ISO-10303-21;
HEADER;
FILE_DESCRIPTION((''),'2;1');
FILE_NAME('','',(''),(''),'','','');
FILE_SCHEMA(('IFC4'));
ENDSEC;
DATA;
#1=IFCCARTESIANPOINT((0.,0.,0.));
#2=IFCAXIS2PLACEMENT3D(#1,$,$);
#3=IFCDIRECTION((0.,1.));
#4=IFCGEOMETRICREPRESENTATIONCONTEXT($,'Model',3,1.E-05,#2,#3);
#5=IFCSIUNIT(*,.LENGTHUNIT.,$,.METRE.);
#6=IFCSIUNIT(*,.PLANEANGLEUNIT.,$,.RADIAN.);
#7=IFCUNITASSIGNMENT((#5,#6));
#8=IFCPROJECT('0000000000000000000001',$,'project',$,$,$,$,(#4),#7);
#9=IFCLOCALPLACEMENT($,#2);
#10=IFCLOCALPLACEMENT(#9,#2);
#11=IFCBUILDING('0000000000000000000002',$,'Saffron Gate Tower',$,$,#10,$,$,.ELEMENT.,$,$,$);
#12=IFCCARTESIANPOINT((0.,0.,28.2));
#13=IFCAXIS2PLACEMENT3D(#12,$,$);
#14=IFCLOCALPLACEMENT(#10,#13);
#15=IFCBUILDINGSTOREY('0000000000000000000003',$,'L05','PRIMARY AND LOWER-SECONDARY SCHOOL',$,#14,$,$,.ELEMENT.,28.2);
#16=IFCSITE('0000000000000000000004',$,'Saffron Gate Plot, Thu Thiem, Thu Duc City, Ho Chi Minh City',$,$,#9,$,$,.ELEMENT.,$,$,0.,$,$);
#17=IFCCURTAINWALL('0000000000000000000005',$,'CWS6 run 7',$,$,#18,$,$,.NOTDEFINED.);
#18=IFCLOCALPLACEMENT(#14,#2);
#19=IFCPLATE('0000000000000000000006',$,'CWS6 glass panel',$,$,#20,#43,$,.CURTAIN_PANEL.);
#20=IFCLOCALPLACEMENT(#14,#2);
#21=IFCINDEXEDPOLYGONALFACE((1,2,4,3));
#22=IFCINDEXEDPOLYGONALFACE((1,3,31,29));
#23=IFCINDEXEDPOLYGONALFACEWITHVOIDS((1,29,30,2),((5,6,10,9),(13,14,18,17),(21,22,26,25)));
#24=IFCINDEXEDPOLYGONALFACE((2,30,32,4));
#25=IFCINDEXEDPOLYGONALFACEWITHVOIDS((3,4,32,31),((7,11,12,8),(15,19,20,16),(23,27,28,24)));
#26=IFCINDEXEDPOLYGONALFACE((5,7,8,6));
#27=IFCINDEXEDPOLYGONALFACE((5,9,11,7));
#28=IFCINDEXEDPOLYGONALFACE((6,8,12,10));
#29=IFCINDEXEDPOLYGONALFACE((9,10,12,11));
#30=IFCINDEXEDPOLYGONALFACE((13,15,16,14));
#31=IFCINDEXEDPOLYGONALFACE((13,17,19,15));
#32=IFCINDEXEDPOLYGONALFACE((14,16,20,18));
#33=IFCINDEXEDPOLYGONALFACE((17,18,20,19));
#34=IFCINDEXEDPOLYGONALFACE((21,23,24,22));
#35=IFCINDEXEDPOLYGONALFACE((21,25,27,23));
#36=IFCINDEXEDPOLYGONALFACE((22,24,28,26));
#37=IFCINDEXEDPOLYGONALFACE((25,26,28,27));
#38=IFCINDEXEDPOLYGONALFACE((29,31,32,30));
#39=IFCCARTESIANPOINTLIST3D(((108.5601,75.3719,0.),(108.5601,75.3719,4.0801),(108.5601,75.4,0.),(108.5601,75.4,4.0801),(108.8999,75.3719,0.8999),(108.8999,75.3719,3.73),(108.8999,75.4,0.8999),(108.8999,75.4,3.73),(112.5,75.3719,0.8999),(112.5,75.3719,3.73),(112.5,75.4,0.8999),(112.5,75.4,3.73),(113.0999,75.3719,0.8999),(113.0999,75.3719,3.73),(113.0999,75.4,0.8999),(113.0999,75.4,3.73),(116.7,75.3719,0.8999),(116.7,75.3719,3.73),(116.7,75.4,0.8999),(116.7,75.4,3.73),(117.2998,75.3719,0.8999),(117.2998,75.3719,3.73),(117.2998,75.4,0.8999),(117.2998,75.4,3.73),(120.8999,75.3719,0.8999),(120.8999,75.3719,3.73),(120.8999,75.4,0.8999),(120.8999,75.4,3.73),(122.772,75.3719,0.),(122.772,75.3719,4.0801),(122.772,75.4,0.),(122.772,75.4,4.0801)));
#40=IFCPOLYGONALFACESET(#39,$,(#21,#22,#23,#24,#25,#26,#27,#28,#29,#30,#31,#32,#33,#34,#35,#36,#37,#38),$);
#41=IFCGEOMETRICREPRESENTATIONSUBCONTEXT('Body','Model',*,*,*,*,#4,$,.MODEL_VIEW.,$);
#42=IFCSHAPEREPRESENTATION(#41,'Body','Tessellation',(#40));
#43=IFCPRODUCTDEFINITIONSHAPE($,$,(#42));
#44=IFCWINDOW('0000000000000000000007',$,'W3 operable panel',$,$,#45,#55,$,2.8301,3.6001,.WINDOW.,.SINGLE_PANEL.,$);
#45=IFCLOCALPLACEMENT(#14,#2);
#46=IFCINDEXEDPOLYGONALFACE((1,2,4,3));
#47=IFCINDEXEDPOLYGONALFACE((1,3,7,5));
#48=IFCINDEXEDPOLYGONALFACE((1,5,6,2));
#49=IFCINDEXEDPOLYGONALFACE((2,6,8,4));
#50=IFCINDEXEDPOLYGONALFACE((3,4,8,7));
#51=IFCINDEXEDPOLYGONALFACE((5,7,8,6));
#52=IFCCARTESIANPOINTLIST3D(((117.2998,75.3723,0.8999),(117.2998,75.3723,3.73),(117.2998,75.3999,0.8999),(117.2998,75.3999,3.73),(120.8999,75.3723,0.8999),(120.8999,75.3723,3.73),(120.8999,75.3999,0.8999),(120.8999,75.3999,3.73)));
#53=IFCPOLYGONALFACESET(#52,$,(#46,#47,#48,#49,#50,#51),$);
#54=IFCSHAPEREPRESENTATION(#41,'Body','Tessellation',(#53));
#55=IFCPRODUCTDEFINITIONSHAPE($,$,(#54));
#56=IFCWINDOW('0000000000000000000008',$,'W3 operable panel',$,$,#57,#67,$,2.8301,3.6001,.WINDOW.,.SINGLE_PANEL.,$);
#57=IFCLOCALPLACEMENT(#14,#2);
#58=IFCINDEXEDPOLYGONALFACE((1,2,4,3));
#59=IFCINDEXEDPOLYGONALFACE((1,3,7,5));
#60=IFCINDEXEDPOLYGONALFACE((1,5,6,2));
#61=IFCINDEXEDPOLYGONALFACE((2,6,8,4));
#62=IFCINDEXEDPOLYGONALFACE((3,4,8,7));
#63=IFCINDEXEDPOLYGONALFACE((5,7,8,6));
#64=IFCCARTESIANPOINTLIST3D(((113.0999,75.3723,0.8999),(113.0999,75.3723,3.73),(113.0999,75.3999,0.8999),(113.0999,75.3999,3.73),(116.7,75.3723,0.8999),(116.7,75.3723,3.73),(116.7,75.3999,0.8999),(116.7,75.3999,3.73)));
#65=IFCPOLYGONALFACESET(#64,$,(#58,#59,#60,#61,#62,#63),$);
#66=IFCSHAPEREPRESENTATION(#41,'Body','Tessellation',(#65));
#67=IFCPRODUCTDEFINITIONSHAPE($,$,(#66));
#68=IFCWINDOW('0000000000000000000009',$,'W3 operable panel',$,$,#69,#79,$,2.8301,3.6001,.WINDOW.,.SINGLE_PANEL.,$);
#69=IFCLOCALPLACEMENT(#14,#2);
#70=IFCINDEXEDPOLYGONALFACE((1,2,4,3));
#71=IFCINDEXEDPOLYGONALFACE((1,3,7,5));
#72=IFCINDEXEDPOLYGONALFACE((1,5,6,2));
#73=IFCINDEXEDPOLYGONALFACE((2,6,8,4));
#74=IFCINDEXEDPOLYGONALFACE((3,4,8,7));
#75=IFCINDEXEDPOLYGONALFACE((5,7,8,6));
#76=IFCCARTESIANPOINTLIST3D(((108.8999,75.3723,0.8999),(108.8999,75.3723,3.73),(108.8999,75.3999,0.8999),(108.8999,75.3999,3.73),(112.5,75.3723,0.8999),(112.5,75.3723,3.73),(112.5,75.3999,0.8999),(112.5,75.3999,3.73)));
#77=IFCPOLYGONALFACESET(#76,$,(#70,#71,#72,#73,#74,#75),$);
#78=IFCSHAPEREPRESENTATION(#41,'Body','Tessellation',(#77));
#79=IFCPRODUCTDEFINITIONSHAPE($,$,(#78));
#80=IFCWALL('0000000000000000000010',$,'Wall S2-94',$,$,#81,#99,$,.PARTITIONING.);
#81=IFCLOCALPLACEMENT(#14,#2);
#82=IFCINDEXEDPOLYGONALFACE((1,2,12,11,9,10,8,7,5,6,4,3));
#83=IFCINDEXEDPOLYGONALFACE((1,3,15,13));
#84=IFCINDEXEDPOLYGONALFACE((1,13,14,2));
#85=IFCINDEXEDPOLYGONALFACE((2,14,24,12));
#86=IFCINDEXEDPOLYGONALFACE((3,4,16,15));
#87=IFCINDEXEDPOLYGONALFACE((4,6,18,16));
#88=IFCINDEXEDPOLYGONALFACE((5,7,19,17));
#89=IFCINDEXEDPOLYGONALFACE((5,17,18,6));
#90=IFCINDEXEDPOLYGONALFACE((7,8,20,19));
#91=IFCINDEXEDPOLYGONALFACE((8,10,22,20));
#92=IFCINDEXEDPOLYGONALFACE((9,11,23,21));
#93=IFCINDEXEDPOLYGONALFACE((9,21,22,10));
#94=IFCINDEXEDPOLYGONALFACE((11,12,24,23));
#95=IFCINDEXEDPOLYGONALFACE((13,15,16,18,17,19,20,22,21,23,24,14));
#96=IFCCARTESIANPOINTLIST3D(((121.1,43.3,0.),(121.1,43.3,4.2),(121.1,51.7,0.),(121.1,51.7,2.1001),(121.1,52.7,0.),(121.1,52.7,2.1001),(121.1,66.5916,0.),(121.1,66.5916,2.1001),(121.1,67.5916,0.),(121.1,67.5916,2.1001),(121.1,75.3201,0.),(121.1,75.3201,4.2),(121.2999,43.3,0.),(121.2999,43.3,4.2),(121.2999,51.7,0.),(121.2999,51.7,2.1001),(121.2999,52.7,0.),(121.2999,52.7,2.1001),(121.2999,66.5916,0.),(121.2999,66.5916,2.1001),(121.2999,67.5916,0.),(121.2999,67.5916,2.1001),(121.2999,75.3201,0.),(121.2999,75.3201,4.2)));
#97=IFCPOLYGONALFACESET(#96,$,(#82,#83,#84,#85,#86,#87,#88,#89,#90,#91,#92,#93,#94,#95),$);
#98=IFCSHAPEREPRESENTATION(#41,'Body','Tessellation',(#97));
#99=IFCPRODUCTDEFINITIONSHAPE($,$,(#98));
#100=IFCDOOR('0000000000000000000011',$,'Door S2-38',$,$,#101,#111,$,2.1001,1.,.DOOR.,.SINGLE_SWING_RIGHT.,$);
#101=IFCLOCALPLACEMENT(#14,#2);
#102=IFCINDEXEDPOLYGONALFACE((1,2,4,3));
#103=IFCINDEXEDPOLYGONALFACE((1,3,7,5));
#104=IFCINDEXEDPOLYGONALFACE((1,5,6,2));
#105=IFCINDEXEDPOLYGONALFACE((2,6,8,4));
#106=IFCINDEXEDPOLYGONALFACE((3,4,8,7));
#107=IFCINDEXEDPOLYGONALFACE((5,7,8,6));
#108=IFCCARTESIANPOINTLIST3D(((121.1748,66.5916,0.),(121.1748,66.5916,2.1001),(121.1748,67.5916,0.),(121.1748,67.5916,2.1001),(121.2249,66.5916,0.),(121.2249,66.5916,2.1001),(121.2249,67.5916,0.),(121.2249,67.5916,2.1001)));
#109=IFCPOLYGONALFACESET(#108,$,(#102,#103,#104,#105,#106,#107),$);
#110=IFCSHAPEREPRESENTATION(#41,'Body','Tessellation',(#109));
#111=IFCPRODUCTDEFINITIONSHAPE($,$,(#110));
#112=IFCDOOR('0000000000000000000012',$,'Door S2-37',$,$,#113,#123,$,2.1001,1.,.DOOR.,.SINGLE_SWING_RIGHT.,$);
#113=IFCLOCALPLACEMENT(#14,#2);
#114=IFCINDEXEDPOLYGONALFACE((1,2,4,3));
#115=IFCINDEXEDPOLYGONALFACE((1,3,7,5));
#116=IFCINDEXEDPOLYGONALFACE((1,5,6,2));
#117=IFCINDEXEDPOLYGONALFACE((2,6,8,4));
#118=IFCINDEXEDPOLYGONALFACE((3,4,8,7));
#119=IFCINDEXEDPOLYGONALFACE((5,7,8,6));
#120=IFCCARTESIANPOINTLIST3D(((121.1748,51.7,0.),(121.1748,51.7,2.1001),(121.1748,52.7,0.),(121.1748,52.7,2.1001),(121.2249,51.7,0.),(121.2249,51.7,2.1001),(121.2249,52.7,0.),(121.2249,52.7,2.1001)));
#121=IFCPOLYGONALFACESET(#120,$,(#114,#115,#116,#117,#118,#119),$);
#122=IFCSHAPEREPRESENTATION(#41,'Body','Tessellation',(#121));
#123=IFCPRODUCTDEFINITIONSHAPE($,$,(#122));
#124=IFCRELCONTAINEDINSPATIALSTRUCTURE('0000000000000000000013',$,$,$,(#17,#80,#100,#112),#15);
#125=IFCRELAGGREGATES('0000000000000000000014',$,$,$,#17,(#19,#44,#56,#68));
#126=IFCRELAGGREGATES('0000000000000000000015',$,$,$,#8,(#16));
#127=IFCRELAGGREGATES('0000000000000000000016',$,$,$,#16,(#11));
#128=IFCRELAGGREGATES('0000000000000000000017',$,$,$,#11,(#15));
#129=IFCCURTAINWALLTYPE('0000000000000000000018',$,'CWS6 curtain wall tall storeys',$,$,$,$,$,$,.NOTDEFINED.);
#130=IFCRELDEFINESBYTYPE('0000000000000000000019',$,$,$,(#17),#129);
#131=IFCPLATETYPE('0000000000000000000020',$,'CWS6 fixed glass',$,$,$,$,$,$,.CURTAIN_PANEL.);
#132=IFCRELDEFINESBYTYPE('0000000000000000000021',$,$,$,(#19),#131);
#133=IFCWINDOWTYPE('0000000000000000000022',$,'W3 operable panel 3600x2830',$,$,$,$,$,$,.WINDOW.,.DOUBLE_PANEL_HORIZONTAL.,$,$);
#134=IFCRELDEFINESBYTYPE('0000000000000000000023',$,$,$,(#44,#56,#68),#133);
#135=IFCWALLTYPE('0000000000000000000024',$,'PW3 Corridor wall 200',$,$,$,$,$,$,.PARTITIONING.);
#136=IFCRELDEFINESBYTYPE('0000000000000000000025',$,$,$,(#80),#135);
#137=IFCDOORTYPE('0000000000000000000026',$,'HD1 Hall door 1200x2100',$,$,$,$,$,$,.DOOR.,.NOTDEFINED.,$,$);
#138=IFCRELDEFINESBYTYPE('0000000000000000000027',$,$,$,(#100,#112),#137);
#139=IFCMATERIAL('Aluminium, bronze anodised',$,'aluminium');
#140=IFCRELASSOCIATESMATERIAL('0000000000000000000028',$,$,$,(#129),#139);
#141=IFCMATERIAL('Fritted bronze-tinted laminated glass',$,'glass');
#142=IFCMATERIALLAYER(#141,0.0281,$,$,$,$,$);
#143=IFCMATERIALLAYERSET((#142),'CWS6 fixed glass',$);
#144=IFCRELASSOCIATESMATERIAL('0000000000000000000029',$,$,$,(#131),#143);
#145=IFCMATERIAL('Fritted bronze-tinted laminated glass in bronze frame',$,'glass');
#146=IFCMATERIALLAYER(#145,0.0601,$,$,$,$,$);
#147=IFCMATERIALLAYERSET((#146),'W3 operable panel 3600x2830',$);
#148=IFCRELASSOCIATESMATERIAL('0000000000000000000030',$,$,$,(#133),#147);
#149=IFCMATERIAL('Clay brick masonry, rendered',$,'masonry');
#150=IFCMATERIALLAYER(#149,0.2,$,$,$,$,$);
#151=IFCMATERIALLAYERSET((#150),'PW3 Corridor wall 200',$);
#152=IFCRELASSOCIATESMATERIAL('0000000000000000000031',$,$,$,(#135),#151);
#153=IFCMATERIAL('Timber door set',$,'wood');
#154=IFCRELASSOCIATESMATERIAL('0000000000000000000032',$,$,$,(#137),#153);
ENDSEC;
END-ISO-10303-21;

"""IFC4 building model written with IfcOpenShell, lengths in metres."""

from ifc_helpers import new_model, si_unit, direction, frame, frame_2d, origin, place, context, subcontext, project, spatial, rectangle, extrude, material, layer, layer_set, type_object, element, fill, aggregate, save


model = new_model("IFC4")

# Units and contexts
model_context = context("Model", 3, precision=1e-05, world=origin(), true_north=direction((0.0, 1.0)))
body_context = subcontext(model_context, "Body", "Model", "MODEL_VIEW")
ifc_project = project(units=[si_unit("LENGTHUNIT", "METRE"), si_unit("PLANEANGLEUNIT", "RADIAN")], contexts=[model_context])

# Site, building, storey
site_placement = place(None, origin())
site = spatial("IfcSite", under=ifc_project, at=site_placement, Name="Saffron Gate Plot, Thu Thiem, Thu Duc City, Ho Chi Minh City", CompositionType="ELEMENT", RefElevation=0.0)
building_placement = place(site_placement, origin())
building = spatial("IfcBuilding", under=site, at=building_placement, Name="Saffron Gate Tower", CompositionType="ELEMENT")
storey_placement = place(building_placement, frame((0.0, 0.0, 28.2)))
storey = spatial("IfcBuildingStorey", under=building, at=storey_placement, Name="L05", Description="PRIMARY AND LOWER-SECONDARY SCHOOL", CompositionType="ELEMENT", Elevation=28.2)

# Curtain wall
ifc_material_1 = material(Name="Aluminium, bronze anodised", Category="aluminium")
curtain_wall_type = type_object("IfcCurtainWallType", Name="CWS6 curtain wall tall storeys", PredefinedType="NOTDEFINED", material=ifc_material_1)
curtain_wall_1_placement = place(storey_placement, origin())
curtain_wall_1 = element("IfcCurtainWall", 1, at=curtain_wall_1_placement, inside=storey, type_object=curtain_wall_type, Name="CWS6 run 7", PredefinedType="NOTDEFINED")

# Shared definitions
ifc_material_2 = material(Name="Fritted bronze-tinted laminated glass", Category="glass")
ifc_layer_1 = layer(ifc_material_2, 0.0281)
ifc_layer_set_1 = layer_set([ifc_layer_1], Name="CWS6 fixed glass")
plate_type = type_object("IfcPlateType", Name="CWS6 fixed glass", PredefinedType="CURTAIN_PANEL", material=ifc_layer_set_1)

# Plate, openings, windows
plate_1_placement = place(storey_placement, frame((122.772, 75.386, 0.0), z_axis=(0.0, 0.0, 1.0), x_axis=(-1.0, 0.0, 0.0)))
plate_1 = element("IfcPlate", 2, at=plate_1_placement, type_object=plate_type, Name="CWS6 glass panel", PredefinedType="CURTAIN_PANEL", context=body_context, shape_type="SweptSolid", body=[
    extrude(rectangle(XDim=14.2119, YDim=0.0281, at=frame_2d((7.106, 0.0))), origin(), (0.0, 0.0, 1.0), 4.0801),
])
opening_1_placement = place(plate_1_placement, frame((1.8721, 0.0, 0.8999)))
opening_1 = element("IfcOpeningElement", 3, at=opening_1_placement, cuts=plate_1, PredefinedType="OPENING", context=body_context, shape_type="SweptSolid", body=[
    extrude(rectangle(XDim=3.6001, YDim=2.8301, at=frame_2d((1.8, 1.415))), frame((0.0, 0.0239, 0.0), z_axis=(0.0, -1.0, 0.0), x_axis=(1.0, 0.0, 0.0)), (0.0, 0.0, 1.0), 0.0481),
])
opening_2_placement = place(plate_1_placement, frame((6.072, 0.0, 0.8999)))
opening_2 = element("IfcOpeningElement", 4, at=opening_2_placement, cuts=plate_1, PredefinedType="OPENING", context=body_context, shape_type="SweptSolid", body=[
    extrude(rectangle(XDim=3.6001, YDim=2.8301, at=frame_2d((1.8, 1.415))), frame((0.0, 0.0239, 0.0), z_axis=(0.0, -1.0, 0.0), x_axis=(1.0, 0.0, 0.0)), (0.0, 0.0, 1.0), 0.0481),
])
opening_3_placement = place(plate_1_placement, frame((10.272, 0.0, 0.8999)))
opening_3 = element("IfcOpeningElement", 5, at=opening_3_placement, cuts=plate_1, PredefinedType="OPENING", context=body_context, shape_type="SweptSolid", body=[
    extrude(rectangle(XDim=3.6001, YDim=2.8301, at=frame_2d((1.8, 1.415))), frame((0.0, 0.0239, 0.0), z_axis=(0.0, -1.0, 0.0), x_axis=(1.0, 0.0, 0.0)), (0.0, 0.0, 1.0), 0.0481),
])
ifc_material_3 = material(Name="Fritted bronze-tinted laminated glass in bronze frame", Category="glass")
ifc_layer_2 = layer(ifc_material_3, 0.0601)
ifc_layer_set_2 = layer_set([ifc_layer_2], Name="W3 operable panel 3600x2830")
window_type = type_object("IfcWindowType", Name="W3 operable panel 3600x2830", PartitioningType="DOUBLE_PANEL_HORIZONTAL", PredefinedType="WINDOW", material=ifc_layer_set_2)
window_1_placement = place(opening_1_placement, origin())
window_1 = element("IfcWindow", 6, at=window_1_placement, type_object=window_type, Name="W3 operable panel", OverallHeight=2.8301, OverallWidth=3.6001, PartitioningType="SINGLE_PANEL", PredefinedType="WINDOW", context=body_context, shape_type="SweptSolid", body=[
    extrude(rectangle(XDim=3.6001, YDim=2.8301, at=frame_2d((1.8, 1.415))), frame((0.0, 0.0137, 0.0), z_axis=(0.0, -1.0, 0.0), x_axis=(1.0, 0.0, 0.0)), (0.0, 0.0, 1.0), 0.0276),
])
fill(opening_1, window_1)
window_2_placement = place(opening_2_placement, origin())
window_2 = element("IfcWindow", 7, at=window_2_placement, type_object=window_type, Name="W3 operable panel", OverallHeight=2.8301, OverallWidth=3.6001, PartitioningType="SINGLE_PANEL", PredefinedType="WINDOW", context=body_context, shape_type="SweptSolid", body=[
    extrude(rectangle(XDim=3.6001, YDim=2.8301, at=frame_2d((1.8, 1.415))), frame((0.0, 0.0137, 0.0), z_axis=(0.0, -1.0, 0.0), x_axis=(1.0, 0.0, 0.0)), (0.0, 0.0, 1.0), 0.0276),
])
fill(opening_2, window_2)
window_3_placement = place(opening_3_placement, origin())
window_3 = element("IfcWindow", 8, at=window_3_placement, type_object=window_type, Name="W3 operable panel", OverallHeight=2.8301, OverallWidth=3.6001, PartitioningType="SINGLE_PANEL", PredefinedType="WINDOW", context=body_context, shape_type="SweptSolid", body=[
    extrude(rectangle(XDim=3.6001, YDim=2.8301, at=frame_2d((1.8, 1.415))), frame((0.0, 0.0137, 0.0), z_axis=(0.0, -1.0, 0.0), x_axis=(1.0, 0.0, 0.0)), (0.0, 0.0, 1.0), 0.0276),
])
fill(opening_3, window_3)
aggregate(curtain_wall_1, [plate_1, window_1, window_2, window_3])

# Wall, openings, doors
ifc_material_4 = material(Name="Clay brick masonry, rendered", Category="masonry")
ifc_layer_3 = layer(ifc_material_4, 0.2)
ifc_layer_set_3 = layer_set([ifc_layer_3], Name="PW3 Corridor wall 200")
wall_type_1 = type_object("IfcWallType", Name="PW3 Corridor wall 200", PredefinedType="PARTITIONING", material=ifc_layer_set_3)
wall_1_placement = place(storey_placement, frame((121.2, 75.3201, 0.0), z_axis=(0.0, 0.0, 1.0), x_axis=(0.0, -1.0, 0.0)))
wall_1 = element("IfcWall", 9, at=wall_1_placement, inside=storey, type_object=wall_type_1, Name="Wall S2-94", PredefinedType="PARTITIONING", context=body_context, shape_type="SweptSolid", body=[
    extrude(rectangle(XDim=32.02, YDim=0.2, at=frame_2d((16.01, 0.0))), origin(), (0.0, 0.0, 1.0), 4.2),
])
opening_4_placement = place(wall_1_placement, frame((7.7285, 0.0, 0.0)))
opening_4 = element("IfcOpeningElement", 10, at=opening_4_placement, cuts=wall_1, PredefinedType="OPENING", context=body_context, shape_type="SweptSolid", body=[
    extrude(rectangle(XDim=1.0, YDim=2.1001, at=frame_2d((0.5, 1.05))), frame((0.0, 0.1099, 0.0), z_axis=(0.0, -1.0, 0.0), x_axis=(1.0, 0.0, 0.0)), (0.0, 0.0, 1.0), 0.22),
])
opening_5_placement = place(wall_1_placement, frame((22.6201, 0.0, 0.0)))
opening_5 = element("IfcOpeningElement", 11, at=opening_5_placement, cuts=wall_1, PredefinedType="OPENING", context=body_context, shape_type="SweptSolid", body=[
    extrude(rectangle(XDim=1.0, YDim=2.1001, at=frame_2d((0.5, 1.05))), frame((0.0, 0.1099, 0.0), z_axis=(0.0, -1.0, 0.0), x_axis=(1.0, 0.0, 0.0)), (0.0, 0.0, 1.0), 0.22),
])
ifc_material_5 = material(Name="Timber door set", Category="wood")
door_type = type_object("IfcDoorType", Name="HD1 Hall door 1200x2100", OperationType="NOTDEFINED", PredefinedType="DOOR", material=ifc_material_5)
door_1_placement = place(opening_4_placement, origin())
door_1 = element("IfcDoor", 12, at=door_1_placement, inside=storey, type_object=door_type, Name="Door S2-38", OperationType="SINGLE_SWING_RIGHT", OverallHeight=2.1001, OverallWidth=1.0, PredefinedType="DOOR", context=body_context, shape_type="SweptSolid", body=[
    extrude(rectangle(XDim=1.0, YDim=2.1001, at=frame_2d((0.5, 1.05))), frame((0.0, 0.0249, 0.0), z_axis=(0.0, -1.0, 0.0), x_axis=(1.0, 0.0, 0.0)), (0.0, 0.0, 1.0), 0.05),
])
fill(opening_4, door_1)
door_2_placement = place(opening_5_placement, origin())
door_2 = element("IfcDoor", 13, at=door_2_placement, inside=storey, type_object=door_type, Name="Door S2-37", OperationType="SINGLE_SWING_RIGHT", OverallHeight=2.1001, OverallWidth=1.0, PredefinedType="DOOR", context=body_context, shape_type="SweptSolid", body=[
    extrude(rectangle(XDim=1.0, YDim=2.1001, at=frame_2d((0.5, 1.05))), frame((0.0, 0.0249, 0.0), z_axis=(0.0, -1.0, 0.0), x_axis=(1.0, 0.0, 0.0)), (0.0, 0.0, 1.0), 0.05),
])
fill(opening_5, door_2)

save(model, "model.ifc")
